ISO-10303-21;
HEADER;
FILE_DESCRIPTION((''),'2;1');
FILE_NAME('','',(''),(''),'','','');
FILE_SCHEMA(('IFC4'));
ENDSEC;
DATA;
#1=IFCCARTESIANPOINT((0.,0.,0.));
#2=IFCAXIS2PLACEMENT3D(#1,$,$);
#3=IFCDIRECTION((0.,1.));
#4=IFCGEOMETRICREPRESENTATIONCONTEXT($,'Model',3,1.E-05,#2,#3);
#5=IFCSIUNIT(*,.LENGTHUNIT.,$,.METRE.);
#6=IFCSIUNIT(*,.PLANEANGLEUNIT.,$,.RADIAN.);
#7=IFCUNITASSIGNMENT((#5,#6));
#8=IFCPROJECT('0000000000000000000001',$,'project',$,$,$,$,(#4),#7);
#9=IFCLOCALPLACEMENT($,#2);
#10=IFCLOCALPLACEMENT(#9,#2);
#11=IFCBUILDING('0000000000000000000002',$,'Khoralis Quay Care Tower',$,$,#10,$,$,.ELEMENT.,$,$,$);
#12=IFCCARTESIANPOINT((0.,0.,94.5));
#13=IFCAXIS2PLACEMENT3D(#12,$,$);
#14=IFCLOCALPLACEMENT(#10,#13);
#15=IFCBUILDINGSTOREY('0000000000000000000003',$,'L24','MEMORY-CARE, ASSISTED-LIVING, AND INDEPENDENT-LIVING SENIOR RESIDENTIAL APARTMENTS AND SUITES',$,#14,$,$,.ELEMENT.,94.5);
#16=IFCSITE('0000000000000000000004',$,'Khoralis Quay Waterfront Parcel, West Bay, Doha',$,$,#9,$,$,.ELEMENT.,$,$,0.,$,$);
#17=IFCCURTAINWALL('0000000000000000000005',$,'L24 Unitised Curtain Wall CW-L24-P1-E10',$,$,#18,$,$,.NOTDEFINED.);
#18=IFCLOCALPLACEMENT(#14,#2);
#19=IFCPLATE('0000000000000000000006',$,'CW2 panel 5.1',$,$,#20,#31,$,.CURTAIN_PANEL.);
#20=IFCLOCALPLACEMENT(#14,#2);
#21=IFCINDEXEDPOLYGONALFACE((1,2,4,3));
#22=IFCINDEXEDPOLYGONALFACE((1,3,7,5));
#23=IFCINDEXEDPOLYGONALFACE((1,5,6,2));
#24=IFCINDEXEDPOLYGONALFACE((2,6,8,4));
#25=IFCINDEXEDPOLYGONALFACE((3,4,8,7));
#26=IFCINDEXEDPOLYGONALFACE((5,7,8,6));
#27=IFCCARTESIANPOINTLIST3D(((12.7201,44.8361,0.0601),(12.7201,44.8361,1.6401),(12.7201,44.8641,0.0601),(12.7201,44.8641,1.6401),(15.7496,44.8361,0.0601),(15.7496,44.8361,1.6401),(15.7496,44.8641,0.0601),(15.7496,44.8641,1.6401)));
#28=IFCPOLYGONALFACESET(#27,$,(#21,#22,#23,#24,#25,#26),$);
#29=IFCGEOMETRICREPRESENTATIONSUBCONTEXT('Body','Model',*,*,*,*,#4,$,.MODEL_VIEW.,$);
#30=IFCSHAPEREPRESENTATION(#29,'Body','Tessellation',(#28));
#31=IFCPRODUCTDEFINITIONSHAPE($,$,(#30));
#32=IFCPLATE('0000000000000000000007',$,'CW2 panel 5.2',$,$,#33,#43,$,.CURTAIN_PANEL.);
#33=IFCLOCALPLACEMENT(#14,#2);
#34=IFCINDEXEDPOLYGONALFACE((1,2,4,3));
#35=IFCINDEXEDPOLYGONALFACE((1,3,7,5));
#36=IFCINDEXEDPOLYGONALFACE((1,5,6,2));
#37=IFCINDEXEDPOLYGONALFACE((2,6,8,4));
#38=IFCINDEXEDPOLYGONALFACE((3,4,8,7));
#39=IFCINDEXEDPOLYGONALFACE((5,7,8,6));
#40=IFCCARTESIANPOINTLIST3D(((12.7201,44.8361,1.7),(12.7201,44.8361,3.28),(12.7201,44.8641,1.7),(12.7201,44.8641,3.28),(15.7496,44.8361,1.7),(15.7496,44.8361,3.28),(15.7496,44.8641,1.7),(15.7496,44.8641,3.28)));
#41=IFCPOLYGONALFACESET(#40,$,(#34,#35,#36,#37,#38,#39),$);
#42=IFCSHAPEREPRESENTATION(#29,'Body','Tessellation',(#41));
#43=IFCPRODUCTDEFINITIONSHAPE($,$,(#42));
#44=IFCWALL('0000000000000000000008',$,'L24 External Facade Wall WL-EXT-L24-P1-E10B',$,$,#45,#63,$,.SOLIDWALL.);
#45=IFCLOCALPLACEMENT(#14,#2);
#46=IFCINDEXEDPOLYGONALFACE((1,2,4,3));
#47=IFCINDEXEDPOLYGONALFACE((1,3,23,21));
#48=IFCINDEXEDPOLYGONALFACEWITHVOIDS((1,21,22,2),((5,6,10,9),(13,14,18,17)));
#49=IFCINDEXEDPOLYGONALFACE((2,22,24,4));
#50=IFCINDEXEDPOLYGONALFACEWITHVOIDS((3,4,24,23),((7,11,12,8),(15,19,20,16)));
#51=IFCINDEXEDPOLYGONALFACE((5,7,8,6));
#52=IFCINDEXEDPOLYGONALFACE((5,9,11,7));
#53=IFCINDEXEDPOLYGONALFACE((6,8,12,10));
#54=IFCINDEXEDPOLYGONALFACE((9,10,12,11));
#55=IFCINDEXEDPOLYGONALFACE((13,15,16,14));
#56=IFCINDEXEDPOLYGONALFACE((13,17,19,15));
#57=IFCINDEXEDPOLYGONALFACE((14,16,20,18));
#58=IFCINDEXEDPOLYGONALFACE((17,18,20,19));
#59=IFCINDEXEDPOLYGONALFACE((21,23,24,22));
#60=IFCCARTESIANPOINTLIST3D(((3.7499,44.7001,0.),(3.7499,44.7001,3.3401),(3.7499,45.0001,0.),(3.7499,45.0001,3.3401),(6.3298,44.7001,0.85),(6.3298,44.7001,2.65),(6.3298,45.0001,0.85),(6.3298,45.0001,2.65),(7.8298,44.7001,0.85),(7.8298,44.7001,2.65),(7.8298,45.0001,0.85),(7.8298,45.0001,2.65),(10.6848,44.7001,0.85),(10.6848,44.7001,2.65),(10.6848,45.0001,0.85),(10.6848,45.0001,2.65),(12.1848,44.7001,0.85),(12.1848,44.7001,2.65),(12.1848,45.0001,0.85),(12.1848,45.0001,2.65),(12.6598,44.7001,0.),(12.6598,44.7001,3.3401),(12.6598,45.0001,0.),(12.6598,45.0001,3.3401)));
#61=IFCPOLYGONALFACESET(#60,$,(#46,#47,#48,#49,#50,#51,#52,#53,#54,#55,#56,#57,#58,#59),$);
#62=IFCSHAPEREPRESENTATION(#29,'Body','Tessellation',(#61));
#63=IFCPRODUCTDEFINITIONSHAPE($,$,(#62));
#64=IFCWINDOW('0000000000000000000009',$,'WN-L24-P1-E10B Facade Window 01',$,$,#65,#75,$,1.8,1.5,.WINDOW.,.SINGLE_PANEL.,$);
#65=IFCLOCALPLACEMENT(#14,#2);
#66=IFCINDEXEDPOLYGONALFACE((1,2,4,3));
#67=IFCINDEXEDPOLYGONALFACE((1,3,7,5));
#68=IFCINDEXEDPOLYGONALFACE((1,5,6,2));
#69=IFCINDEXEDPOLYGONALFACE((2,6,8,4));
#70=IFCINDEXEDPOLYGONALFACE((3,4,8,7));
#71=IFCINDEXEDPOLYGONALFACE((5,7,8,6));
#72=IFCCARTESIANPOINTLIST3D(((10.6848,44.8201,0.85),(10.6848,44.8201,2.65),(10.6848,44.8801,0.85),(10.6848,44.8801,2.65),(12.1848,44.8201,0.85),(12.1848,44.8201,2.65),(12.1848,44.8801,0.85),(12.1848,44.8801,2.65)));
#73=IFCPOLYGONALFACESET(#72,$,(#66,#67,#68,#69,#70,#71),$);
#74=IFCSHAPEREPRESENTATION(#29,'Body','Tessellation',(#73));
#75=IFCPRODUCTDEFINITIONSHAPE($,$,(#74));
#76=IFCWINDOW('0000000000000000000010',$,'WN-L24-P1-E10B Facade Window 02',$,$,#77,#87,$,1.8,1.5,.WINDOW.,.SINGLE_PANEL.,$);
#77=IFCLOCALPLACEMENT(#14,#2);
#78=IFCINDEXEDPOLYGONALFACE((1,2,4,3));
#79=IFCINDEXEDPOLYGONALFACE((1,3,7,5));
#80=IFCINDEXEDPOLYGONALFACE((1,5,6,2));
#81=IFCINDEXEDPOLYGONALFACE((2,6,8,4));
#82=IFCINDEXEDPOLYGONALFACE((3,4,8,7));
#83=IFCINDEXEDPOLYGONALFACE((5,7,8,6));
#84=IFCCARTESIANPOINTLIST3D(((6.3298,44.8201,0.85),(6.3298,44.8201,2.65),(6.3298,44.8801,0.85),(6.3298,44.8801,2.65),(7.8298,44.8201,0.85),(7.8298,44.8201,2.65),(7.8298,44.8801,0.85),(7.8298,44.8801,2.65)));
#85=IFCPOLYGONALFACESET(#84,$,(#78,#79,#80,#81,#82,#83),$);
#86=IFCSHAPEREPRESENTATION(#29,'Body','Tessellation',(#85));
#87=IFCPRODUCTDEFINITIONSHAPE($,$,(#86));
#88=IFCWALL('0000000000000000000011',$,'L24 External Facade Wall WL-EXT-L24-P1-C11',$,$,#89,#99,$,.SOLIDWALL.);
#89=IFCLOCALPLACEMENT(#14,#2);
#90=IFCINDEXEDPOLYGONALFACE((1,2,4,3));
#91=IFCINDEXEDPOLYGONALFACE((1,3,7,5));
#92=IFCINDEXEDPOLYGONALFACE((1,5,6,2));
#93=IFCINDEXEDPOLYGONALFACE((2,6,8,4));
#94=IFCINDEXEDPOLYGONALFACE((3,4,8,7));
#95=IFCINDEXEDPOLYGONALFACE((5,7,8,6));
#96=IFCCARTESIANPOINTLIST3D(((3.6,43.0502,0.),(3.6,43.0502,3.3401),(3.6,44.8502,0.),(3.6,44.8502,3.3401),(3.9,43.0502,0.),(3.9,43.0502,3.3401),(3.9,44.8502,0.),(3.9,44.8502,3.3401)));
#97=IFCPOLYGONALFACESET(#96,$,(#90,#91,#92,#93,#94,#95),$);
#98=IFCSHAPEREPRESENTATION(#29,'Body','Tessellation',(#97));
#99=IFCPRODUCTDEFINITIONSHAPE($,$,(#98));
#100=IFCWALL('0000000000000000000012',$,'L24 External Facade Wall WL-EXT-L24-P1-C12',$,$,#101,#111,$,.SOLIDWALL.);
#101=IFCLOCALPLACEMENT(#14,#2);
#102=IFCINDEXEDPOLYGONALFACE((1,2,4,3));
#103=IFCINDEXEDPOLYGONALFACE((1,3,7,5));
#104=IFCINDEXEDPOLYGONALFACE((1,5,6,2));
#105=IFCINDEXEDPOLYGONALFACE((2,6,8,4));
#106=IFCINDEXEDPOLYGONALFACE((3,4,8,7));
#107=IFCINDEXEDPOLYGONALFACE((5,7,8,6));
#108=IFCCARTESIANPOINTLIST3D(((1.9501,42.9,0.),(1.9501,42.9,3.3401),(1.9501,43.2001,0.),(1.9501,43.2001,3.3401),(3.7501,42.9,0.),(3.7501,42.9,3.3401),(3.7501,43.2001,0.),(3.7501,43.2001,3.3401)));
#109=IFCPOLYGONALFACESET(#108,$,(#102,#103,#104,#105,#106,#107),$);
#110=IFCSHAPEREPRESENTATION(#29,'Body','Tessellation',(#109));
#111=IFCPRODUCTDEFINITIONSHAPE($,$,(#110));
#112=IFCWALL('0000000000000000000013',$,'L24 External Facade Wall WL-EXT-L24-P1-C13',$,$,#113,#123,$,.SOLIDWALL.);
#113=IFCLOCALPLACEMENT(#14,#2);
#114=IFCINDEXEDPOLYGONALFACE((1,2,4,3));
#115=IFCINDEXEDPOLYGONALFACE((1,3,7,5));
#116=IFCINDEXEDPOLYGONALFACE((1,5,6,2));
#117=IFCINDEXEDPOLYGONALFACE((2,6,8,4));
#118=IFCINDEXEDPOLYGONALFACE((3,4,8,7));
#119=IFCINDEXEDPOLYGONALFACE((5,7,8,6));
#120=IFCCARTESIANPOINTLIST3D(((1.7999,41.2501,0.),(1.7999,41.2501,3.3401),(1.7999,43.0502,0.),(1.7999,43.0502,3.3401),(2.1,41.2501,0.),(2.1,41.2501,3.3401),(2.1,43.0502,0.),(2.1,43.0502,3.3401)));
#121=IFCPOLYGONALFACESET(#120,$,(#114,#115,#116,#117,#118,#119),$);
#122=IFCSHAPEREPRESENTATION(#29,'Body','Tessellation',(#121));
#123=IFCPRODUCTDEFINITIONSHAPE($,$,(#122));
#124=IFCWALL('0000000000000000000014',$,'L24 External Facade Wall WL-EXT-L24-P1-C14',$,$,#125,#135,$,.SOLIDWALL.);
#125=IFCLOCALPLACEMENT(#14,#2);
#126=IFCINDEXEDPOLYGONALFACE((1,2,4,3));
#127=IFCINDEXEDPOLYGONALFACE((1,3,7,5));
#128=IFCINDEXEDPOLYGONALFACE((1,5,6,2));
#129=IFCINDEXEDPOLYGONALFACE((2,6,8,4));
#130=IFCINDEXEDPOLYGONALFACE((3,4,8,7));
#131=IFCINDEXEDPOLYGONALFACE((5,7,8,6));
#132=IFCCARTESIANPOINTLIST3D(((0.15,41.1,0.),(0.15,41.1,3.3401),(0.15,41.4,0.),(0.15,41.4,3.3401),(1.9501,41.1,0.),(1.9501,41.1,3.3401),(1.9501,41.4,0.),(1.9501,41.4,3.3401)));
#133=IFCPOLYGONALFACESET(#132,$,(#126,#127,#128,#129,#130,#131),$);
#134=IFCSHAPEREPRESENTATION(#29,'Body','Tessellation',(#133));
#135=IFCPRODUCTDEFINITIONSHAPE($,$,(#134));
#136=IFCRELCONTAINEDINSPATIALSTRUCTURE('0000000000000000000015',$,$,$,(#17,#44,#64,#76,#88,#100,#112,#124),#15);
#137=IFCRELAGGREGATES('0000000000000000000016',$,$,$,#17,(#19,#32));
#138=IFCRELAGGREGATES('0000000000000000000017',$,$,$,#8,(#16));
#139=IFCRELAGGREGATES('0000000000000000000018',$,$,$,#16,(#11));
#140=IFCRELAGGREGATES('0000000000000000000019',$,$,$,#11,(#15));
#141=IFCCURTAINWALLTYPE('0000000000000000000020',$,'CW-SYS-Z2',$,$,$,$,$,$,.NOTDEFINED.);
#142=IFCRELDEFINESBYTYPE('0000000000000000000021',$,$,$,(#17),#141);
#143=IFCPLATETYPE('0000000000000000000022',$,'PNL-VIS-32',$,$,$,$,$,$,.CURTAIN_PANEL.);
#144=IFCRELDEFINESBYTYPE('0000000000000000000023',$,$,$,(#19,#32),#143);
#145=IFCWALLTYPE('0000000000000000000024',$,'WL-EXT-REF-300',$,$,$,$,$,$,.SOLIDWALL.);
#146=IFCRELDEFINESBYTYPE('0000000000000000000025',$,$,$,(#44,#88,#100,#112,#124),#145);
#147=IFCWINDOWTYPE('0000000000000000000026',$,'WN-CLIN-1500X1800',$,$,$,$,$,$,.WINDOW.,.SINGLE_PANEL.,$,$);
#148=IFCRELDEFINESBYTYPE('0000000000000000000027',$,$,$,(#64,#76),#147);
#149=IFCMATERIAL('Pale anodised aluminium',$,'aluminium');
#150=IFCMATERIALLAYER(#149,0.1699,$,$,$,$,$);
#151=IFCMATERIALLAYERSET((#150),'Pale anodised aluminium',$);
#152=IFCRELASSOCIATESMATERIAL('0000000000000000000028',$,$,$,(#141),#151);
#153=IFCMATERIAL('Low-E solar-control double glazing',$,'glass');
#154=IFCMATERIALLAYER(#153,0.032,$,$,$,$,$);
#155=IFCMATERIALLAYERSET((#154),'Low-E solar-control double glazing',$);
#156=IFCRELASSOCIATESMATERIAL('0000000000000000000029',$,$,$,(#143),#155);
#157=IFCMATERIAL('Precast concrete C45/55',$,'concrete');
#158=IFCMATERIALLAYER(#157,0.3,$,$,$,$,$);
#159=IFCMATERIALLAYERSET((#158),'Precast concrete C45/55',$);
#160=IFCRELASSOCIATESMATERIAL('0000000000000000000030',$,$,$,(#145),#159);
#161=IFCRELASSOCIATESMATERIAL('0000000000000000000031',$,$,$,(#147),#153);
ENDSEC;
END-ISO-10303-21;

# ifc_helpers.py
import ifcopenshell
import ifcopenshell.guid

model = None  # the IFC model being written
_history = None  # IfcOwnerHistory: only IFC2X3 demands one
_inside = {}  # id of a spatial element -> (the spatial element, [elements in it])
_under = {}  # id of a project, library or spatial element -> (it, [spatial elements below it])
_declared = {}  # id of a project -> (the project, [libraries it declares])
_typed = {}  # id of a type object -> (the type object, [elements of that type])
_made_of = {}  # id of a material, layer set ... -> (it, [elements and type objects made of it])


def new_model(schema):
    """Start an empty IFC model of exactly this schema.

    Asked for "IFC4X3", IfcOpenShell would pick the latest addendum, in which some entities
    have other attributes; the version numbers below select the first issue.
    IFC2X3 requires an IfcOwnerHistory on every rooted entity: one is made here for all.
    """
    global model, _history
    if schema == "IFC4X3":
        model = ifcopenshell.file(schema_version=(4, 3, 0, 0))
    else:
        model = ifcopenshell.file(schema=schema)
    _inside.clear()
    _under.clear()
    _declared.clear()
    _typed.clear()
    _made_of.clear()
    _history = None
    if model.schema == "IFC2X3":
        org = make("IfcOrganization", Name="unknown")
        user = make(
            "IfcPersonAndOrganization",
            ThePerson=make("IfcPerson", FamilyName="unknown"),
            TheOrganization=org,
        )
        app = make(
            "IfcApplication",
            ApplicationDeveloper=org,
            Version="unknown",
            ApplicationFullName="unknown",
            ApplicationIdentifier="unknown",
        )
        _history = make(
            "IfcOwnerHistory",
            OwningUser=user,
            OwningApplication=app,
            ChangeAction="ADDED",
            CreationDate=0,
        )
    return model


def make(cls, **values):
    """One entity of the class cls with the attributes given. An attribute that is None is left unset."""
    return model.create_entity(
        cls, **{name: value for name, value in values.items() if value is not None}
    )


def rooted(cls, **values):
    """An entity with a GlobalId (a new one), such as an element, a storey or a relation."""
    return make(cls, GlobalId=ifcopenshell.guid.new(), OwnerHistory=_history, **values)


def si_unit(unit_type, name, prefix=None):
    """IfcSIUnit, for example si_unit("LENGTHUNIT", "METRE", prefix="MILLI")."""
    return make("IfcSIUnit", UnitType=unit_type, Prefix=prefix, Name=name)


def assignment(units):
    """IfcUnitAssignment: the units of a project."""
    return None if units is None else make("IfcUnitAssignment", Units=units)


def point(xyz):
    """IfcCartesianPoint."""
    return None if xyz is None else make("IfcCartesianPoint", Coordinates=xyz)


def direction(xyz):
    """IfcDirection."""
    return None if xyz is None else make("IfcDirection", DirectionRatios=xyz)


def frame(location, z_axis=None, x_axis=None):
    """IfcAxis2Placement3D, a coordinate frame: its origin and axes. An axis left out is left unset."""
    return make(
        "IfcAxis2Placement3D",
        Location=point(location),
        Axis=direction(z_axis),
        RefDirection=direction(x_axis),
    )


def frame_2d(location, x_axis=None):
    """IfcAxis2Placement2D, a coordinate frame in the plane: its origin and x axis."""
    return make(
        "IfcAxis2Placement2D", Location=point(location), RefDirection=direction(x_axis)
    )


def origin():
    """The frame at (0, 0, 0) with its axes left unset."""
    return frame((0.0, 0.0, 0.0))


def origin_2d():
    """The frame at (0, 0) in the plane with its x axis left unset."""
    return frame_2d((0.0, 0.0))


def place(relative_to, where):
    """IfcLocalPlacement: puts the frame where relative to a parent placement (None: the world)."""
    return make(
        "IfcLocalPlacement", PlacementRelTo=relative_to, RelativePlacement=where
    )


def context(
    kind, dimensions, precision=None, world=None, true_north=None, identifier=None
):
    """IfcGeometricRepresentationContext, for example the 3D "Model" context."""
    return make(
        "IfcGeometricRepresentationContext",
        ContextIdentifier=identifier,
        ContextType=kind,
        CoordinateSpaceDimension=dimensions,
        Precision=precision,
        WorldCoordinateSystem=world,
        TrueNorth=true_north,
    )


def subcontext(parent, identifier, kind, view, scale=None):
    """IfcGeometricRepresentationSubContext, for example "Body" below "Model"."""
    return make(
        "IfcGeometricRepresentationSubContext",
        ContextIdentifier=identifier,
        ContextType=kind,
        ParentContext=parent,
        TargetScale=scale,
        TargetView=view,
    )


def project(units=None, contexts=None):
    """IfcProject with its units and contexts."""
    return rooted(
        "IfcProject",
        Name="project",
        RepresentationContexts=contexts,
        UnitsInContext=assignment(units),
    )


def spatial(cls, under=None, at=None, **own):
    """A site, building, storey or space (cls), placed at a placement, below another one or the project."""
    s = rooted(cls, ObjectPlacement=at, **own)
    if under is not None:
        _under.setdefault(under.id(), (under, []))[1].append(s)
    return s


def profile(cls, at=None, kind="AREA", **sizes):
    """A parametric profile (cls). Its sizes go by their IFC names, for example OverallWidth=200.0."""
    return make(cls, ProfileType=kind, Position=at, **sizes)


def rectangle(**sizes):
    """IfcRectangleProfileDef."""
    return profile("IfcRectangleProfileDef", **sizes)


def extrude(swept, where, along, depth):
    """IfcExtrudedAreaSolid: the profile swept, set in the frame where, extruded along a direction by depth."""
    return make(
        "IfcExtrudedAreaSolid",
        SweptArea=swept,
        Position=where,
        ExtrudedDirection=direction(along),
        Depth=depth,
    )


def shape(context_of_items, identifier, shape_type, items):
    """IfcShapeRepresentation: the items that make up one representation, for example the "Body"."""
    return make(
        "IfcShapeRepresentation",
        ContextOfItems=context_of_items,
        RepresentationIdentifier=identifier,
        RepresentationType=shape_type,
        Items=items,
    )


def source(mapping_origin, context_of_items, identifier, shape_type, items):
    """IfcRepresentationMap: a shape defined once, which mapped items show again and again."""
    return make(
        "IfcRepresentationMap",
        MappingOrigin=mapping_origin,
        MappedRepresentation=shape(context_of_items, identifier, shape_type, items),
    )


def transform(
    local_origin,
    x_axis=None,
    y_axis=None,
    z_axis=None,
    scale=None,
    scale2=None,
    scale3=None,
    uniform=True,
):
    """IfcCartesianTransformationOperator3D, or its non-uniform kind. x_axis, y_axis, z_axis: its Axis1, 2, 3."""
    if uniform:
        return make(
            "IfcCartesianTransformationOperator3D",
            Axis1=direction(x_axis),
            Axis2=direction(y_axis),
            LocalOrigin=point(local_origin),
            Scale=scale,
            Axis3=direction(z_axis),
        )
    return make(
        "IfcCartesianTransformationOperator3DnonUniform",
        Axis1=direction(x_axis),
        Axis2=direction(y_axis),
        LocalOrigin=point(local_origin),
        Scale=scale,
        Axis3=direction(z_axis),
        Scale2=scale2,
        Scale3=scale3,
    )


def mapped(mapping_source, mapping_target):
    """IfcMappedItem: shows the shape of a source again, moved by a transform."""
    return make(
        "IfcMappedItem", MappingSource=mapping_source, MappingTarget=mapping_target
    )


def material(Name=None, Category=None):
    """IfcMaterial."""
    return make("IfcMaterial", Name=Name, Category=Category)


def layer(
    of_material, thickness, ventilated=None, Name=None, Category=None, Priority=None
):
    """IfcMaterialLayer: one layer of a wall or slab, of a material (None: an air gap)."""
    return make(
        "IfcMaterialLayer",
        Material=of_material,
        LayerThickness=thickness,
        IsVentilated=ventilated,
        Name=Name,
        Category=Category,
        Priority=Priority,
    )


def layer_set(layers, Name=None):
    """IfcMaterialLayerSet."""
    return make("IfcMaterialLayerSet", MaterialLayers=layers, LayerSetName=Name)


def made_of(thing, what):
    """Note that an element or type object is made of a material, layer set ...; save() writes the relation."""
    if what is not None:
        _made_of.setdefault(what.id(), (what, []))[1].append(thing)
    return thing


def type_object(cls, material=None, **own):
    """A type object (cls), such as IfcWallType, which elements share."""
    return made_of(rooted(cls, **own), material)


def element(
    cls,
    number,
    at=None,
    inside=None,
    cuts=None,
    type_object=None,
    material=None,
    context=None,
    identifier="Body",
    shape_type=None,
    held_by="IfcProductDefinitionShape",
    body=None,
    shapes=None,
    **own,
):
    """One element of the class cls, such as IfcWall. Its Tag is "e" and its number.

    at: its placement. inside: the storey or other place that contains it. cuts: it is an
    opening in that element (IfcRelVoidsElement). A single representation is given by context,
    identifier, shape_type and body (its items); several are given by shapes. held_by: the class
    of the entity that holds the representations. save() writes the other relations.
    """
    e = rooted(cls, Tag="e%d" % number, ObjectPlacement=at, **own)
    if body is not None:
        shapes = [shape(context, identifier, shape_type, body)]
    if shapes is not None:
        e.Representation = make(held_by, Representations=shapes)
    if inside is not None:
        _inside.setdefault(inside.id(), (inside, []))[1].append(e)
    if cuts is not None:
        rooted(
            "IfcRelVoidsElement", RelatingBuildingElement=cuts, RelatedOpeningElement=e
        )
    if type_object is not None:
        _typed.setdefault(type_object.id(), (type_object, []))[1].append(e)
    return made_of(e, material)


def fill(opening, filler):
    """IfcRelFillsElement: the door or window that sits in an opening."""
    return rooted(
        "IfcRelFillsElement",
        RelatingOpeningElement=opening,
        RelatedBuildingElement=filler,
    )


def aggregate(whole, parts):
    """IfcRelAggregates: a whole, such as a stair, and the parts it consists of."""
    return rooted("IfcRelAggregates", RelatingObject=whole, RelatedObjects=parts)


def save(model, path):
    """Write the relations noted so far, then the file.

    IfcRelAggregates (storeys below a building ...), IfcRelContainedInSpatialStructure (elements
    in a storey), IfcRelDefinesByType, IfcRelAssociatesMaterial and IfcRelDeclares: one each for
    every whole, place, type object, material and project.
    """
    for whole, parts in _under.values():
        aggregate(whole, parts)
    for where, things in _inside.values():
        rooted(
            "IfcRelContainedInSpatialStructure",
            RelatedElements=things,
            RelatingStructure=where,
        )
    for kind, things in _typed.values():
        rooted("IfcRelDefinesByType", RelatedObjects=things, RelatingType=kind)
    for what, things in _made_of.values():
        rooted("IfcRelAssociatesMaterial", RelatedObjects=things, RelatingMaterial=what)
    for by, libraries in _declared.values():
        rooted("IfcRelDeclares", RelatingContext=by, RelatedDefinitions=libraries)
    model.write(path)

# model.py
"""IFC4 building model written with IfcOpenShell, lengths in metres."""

from ifc_helpers import new_model, si_unit, direction, frame, frame_2d, origin, origin_2d, place, context, subcontext, project, spatial, rectangle, extrude, source, transform, mapped, material, layer, layer_set, type_object, element, fill, aggregate, save


model = new_model("IFC4")

# Units and contexts
model_context = context("Model", 3, precision=1e-05, world=origin(), true_north=direction((0.0, 1.0)))
body_context = subcontext(model_context, "Body", "Model", "MODEL_VIEW")
ifc_project = project(units=[si_unit("LENGTHUNIT", "METRE"), si_unit("PLANEANGLEUNIT", "RADIAN")], contexts=[model_context])

# Site, building, storey
site_placement = place(None, origin())
site = spatial("IfcSite", under=ifc_project, at=site_placement, Name="Khoralis Quay Waterfront Parcel, West Bay, Doha", CompositionType="ELEMENT", RefElevation=0.0)
building_placement = place(site_placement, origin())
building = spatial("IfcBuilding", under=site, at=building_placement, Name="Khoralis Quay Care Tower", CompositionType="ELEMENT")
storey_placement = place(building_placement, frame((0.0, 0.0, 94.5)))
storey = spatial("IfcBuildingStorey", under=building, at=storey_placement, Name="L24", Description="MEMORY-CARE, ASSISTED-LIVING, AND INDEPENDENT-LIVING SENIOR RESIDENTIAL APARTMENTS AND SUITES", CompositionType="ELEMENT", Elevation=94.5)

# Curtain wall, plates
ifc_material_1 = material(Name="Pale anodised aluminium", Category="aluminium")
ifc_layer_1 = layer(ifc_material_1, 0.1699)
ifc_layer_set_1 = layer_set([ifc_layer_1], Name="Pale anodised aluminium")
curtain_wall_type = type_object("IfcCurtainWallType", Name="CW-SYS-Z2", PredefinedType="NOTDEFINED", material=ifc_layer_set_1)
curtain_wall_placement = place(storey_placement, origin())
curtain_wall = element("IfcCurtainWall", 1, at=curtain_wall_placement, inside=storey, type_object=curtain_wall_type, Name="L24 Unitised Curtain Wall CW-L24-P1-E10", PredefinedType="NOTDEFINED")
ifc_material_2 = material(Name="Low-E solar-control double glazing", Category="glass")
ifc_layer_2 = layer(ifc_material_2, 0.032)
ifc_layer_set_2 = layer_set([ifc_layer_2], Name="Low-E solar-control double glazing")
plate_type = type_object("IfcPlateType", Name="PNL-VIS-32", PredefinedType="CURTAIN_PANEL", material=ifc_layer_set_2)
shared_shape_1 = source(origin(), body_context, "Body", "SweptSolid", [
    extrude(rectangle(XDim=3.0295, YDim=0.0281, at=origin_2d()), origin(), (0.0, 0.0, 1.0), 1.5801),
])
plate_1_placement = place(storey_placement, frame((14.2349, 44.8501, 0.0601), z_axis=(0.0, 0.0, 1.0), x_axis=(-1.0, 0.0, 0.0)))
plate_1 = element("IfcPlate", 2, at=plate_1_placement, type_object=plate_type, Name="CW2 panel 5.1", PredefinedType="CURTAIN_PANEL", context=body_context, shape_type="MappedRepresentation", body=[
    mapped(shared_shape_1, transform((0.0, 0.0, 0.0), scale=1.0)),
])
plate_2_placement = place(storey_placement, frame((14.2349, 44.8501, 1.7), z_axis=(0.0, 0.0, 1.0), x_axis=(-1.0, 0.0, 0.0)))
plate_2 = element("IfcPlate", 3, at=plate_2_placement, type_object=plate_type, Name="CW2 panel 5.2", PredefinedType="CURTAIN_PANEL", context=body_context, shape_type="MappedRepresentation", body=[
    mapped(shared_shape_1, transform((0.0, 0.0, 0.0), scale=1.0)),
])
aggregate(curtain_wall, [plate_1, plate_2])

# Wall, openings, windows
ifc_material_3 = material(Name="Precast concrete C45/55", Category="concrete")
ifc_layer_3 = layer(ifc_material_3, 0.3)
ifc_layer_set_3 = layer_set([ifc_layer_3], Name="Precast concrete C45/55")
wall_type = type_object("IfcWallType", Name="WL-EXT-REF-300", PredefinedType="SOLIDWALL", material=ifc_layer_set_3)
wall_1_placement = place(storey_placement, frame((12.6599, 44.8501, 0.0), z_axis=(0.0, 0.0, 1.0), x_axis=(-1.0, 0.0, 0.0)))
wall_1 = element("IfcWall", 4, at=wall_1_placement, inside=storey, type_object=wall_type, Name="L24 External Facade Wall WL-EXT-L24-P1-E10B", PredefinedType="SOLIDWALL", context=body_context, shape_type="SweptSolid", body=[
    extrude(rectangle(XDim=8.9099, YDim=0.3, at=frame_2d((4.4551, 0.0))), origin(), (0.0, 0.0, 1.0), 3.3401),
])
opening_1_placement = place(wall_1_placement, frame((0.4751, 0.0, 0.8501)))
opening_1 = element("IfcOpeningElement", 5, at=opening_1_placement, cuts=wall_1, PredefinedType="OPENING", context=body_context, shape_type="SweptSolid", body=[
    extrude(rectangle(XDim=1.5, YDim=1.8, at=frame_2d((0.75, 0.8999))), frame((0.0, 0.1602, 0.0), z_axis=(0.0, -1.0, 0.0), x_axis=(1.0, 0.0, 0.0)), (0.0, 0.0, 1.0), 0.3201),
])
opening_2_placement = place(wall_1_placement, frame((4.8301, 0.0, 0.8501)))
opening_2 = element("IfcOpeningElement", 6, at=opening_2_placement, cuts=wall_1, PredefinedType="OPENING", context=body_context, shape_type="SweptSolid", body=[
    extrude(rectangle(XDim=1.5, YDim=1.8, at=frame_2d((0.75, 0.8999))), frame((0.0, 0.1602, 0.0), z_axis=(0.0, -1.0, 0.0), x_axis=(1.0, 0.0, 0.0)), (0.0, 0.0, 1.0), 0.3201),
])
window_type = type_object("IfcWindowType", Name="WN-CLIN-1500X1800", PartitioningType="SINGLE_PANEL", PredefinedType="WINDOW", material=ifc_material_2)
shared_shape_2 = source(origin(), body_context, "Body", "SweptSolid", [
    extrude(rectangle(XDim=1.5, YDim=1.8, at=frame_2d((0.75, 0.8999))), frame((0.0, 0.03, 0.0), z_axis=(0.0, -1.0, 0.0), x_axis=(1.0, 0.0, 0.0)), (0.0, 0.0, 1.0), 0.0601),
])
window_1_placement = place(opening_1_placement, origin())
window_1 = element("IfcWindow", 7, at=window_1_placement, inside=storey, type_object=window_type, Name="WN-L24-P1-E10B Facade Window 01", OverallHeight=1.8, OverallWidth=1.5, PartitioningType="SINGLE_PANEL", PredefinedType="WINDOW", context=body_context, shape_type="MappedRepresentation", body=[
    mapped(shared_shape_2, transform((0.0, 0.0, 0.0), scale=1.0)),
])
fill(opening_1, window_1)
window_2_placement = place(opening_2_placement, origin())
window_2 = element("IfcWindow", 8, at=window_2_placement, inside=storey, type_object=window_type, Name="WN-L24-P1-E10B Facade Window 02", OverallHeight=1.8, OverallWidth=1.5, PartitioningType="SINGLE_PANEL", PredefinedType="WINDOW", context=body_context, shape_type="MappedRepresentation", body=[
    mapped(shared_shape_2, transform((0.0, 0.0, 0.0), scale=1.0)),
])
fill(opening_2, window_2)

# Walls
for number, where, z_axis, x_axis, name in (
    (9, (3.75, 44.8501, 0.0), (0.0, 0.0, 1.0), (0.0, -1.0, 0.0), "L24 External Facade Wall WL-EXT-L24-P1-C11"),
    (10, (3.75, 43.05, 0.0), (0.0, 0.0, 1.0), (-1.0, 0.0, 0.0), "L24 External Facade Wall WL-EXT-L24-P1-C12"),
    (11, (1.95, 43.05, 0.0), (0.0, 0.0, 1.0), (0.0, -1.0, 0.0), "L24 External Facade Wall WL-EXT-L24-P1-C13"),
    (12, (1.95, 41.25, 0.0), (0.0, 0.0, 1.0), (-1.0, 0.0, 0.0), "L24 External Facade Wall WL-EXT-L24-P1-C14"),
):
    element("IfcWall", number, at=place(storey_placement, frame(where, z_axis=z_axis, x_axis=x_axis)), inside=storey, type_object=wall_type, Name=name, PredefinedType="SOLIDWALL", context=body_context, shape_type="SweptSolid", body=[
        extrude(rectangle(XDim=1.8, YDim=0.3, at=frame_2d((0.8999, 0.0))), origin(), (0.0, 0.0, 1.0), 3.3401),
    ])

save(model, "model.ifc")
